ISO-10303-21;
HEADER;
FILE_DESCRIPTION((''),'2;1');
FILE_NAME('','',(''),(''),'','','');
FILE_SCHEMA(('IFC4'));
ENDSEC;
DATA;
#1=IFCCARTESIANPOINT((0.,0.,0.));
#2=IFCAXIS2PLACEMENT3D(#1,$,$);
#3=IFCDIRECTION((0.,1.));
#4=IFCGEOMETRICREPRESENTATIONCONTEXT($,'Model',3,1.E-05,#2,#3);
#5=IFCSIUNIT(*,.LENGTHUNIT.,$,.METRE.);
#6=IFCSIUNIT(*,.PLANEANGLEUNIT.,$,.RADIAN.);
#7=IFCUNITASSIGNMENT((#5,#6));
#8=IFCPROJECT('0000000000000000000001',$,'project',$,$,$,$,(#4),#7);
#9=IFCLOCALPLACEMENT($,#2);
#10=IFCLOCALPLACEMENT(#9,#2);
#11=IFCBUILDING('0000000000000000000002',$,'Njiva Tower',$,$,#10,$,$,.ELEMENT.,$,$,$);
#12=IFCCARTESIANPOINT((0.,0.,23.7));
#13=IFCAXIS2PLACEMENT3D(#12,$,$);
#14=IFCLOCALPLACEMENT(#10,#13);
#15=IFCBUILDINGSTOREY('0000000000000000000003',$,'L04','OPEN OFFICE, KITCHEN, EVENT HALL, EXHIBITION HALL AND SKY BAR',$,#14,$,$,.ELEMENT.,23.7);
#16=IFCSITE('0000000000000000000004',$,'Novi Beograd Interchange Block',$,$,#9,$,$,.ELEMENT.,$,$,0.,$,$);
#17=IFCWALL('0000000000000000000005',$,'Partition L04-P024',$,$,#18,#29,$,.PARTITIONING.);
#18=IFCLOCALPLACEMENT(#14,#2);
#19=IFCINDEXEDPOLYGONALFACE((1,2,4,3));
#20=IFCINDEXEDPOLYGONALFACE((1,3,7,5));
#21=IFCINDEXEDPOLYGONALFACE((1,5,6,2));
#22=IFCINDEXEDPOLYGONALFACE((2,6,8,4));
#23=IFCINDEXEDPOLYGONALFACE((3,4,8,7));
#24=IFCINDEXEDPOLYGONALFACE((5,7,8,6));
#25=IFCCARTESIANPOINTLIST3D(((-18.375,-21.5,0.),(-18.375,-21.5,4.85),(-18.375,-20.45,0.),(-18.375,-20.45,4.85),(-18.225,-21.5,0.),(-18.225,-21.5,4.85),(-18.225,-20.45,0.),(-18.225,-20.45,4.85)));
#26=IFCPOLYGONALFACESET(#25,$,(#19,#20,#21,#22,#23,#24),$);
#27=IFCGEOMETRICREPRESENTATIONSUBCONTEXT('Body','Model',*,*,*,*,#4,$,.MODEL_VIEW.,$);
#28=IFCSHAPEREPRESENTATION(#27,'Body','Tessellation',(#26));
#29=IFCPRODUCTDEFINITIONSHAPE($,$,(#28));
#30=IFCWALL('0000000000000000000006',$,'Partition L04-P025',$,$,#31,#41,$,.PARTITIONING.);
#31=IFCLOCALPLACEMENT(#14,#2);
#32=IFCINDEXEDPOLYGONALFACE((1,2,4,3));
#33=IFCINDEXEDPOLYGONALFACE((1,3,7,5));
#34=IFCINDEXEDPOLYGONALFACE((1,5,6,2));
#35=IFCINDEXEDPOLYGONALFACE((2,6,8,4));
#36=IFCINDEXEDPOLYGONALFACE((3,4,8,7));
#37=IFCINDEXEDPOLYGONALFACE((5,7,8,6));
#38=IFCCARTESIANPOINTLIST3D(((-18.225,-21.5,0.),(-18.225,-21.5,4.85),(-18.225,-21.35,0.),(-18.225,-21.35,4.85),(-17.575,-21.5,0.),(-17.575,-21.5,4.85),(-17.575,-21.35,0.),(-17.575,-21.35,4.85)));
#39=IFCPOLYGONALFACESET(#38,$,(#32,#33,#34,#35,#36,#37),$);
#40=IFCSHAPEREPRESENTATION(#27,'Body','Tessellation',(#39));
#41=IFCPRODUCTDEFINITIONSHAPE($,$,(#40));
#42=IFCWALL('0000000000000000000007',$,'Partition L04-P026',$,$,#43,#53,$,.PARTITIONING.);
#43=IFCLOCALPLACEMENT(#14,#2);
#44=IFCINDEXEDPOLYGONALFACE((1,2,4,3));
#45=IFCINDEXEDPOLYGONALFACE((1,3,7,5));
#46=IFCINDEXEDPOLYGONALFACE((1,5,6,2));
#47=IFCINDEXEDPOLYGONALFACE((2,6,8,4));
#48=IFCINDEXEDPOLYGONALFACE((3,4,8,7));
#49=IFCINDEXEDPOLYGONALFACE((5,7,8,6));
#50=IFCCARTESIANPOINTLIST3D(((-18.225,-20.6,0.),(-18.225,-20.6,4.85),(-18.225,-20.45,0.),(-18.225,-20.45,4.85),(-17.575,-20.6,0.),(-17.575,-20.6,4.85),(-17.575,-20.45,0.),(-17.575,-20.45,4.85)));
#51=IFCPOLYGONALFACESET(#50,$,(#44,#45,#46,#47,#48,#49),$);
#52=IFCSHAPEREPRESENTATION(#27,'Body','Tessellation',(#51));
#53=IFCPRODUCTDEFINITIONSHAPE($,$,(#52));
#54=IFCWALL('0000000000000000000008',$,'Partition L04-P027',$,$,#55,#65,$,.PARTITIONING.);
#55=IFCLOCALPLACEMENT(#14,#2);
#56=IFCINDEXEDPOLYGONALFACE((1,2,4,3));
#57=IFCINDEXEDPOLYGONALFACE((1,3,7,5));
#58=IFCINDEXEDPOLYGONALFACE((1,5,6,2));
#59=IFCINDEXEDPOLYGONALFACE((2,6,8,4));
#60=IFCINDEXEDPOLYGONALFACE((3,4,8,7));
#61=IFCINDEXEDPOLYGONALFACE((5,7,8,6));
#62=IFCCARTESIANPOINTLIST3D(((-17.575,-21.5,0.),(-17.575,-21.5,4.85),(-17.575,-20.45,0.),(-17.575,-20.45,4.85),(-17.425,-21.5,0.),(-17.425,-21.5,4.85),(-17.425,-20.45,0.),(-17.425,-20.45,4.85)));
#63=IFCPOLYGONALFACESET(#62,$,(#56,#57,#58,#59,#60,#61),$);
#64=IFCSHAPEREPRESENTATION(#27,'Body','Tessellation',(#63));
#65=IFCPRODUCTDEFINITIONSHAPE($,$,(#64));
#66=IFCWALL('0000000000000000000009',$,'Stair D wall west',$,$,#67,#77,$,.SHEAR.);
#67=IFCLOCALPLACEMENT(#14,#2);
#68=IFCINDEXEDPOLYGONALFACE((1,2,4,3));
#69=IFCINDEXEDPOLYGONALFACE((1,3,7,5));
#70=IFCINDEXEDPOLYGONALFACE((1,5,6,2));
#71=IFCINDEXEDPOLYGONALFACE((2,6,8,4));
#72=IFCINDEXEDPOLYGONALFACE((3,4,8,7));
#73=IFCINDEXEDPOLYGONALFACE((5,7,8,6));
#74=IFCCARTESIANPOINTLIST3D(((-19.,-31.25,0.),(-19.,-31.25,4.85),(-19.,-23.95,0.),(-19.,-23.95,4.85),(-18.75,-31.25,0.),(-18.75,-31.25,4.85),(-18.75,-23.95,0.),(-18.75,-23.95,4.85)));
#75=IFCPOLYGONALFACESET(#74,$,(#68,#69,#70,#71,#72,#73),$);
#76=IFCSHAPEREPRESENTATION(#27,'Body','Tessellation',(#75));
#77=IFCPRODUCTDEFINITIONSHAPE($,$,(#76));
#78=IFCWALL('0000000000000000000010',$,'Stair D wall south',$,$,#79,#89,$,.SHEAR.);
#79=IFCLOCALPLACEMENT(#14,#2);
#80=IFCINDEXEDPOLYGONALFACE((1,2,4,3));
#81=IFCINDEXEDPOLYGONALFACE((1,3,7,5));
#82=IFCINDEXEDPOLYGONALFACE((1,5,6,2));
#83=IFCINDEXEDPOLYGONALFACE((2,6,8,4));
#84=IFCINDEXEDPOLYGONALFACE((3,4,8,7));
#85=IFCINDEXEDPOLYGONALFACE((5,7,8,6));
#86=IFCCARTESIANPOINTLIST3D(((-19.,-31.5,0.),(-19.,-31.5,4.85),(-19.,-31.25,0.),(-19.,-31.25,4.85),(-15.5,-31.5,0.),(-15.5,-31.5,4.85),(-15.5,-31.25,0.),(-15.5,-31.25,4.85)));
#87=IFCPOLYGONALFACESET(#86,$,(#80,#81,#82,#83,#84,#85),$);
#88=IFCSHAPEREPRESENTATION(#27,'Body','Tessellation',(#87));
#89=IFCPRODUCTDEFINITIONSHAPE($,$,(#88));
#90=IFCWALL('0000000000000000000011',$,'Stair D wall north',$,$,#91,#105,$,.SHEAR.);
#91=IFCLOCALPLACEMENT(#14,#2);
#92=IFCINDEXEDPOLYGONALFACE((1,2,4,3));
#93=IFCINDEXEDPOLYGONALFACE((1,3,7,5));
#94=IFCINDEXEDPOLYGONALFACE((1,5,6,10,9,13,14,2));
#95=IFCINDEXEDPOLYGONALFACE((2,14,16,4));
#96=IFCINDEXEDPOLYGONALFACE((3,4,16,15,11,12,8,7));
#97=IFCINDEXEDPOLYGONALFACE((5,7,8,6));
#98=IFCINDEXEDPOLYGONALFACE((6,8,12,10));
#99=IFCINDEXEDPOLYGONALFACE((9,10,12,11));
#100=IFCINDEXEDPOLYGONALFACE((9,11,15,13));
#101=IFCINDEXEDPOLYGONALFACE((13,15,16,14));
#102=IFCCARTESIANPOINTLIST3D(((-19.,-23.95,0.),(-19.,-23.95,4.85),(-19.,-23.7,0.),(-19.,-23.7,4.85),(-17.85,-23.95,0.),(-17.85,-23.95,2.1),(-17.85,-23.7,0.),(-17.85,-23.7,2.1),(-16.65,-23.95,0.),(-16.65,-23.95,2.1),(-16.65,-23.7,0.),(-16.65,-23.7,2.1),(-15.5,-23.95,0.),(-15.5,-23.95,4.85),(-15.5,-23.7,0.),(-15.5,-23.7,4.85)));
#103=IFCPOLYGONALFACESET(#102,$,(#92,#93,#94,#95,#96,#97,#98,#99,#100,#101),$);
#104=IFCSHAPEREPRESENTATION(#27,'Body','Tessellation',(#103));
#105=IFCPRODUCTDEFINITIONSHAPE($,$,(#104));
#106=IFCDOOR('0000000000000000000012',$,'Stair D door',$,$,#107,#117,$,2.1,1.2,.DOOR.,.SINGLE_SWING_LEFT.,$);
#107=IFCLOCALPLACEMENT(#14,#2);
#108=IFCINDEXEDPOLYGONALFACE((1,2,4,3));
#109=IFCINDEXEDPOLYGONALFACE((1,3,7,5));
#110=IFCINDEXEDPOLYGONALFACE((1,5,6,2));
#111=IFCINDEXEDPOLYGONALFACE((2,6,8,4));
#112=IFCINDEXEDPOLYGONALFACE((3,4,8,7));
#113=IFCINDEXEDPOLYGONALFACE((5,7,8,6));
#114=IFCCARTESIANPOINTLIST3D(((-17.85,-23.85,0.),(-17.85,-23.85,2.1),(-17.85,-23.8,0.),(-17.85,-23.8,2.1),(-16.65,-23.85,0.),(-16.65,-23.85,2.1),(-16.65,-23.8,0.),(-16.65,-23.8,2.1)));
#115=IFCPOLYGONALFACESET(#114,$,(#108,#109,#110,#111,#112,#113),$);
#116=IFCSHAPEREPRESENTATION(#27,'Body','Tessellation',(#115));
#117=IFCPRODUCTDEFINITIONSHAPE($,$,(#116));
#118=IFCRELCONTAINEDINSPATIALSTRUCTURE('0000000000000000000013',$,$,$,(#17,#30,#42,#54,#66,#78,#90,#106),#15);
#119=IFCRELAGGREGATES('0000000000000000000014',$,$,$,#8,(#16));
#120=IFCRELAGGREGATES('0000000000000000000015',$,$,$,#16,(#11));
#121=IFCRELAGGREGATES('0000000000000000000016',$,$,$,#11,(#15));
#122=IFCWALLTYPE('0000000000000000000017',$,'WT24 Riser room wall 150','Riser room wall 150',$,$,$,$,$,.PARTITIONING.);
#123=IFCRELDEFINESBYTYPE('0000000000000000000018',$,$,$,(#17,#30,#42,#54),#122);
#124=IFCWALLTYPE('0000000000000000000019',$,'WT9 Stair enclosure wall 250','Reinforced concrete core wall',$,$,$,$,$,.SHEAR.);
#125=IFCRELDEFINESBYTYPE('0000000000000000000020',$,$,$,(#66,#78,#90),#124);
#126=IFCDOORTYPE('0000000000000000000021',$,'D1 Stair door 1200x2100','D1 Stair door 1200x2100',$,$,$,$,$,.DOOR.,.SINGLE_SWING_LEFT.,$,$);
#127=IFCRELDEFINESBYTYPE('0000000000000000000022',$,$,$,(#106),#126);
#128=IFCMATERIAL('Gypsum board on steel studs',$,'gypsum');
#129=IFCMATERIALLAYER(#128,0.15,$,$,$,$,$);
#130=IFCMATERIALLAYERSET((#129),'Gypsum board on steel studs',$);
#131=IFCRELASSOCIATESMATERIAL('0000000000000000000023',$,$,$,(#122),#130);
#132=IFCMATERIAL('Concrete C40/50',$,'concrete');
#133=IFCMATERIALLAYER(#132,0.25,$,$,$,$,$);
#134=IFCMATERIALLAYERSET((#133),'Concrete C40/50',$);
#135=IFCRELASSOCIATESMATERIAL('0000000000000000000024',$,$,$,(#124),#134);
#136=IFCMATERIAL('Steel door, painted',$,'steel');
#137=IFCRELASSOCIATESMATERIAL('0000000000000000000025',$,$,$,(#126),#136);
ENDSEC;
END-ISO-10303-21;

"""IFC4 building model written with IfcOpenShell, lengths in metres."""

from ifc_helpers import new_model, si_unit, direction, frame, frame_2d, origin, place, context, subcontext, project, spatial, rectangle, extrude, material, layer, layer_set, type_object, element, fill, save


model = new_model("IFC4")

# Units and contexts
model_context = context("Model", 3, precision=1e-05, world=origin(), true_north=direction((0.0, 1.0)))
body_context = subcontext(model_context, "Body", "Model", "MODEL_VIEW")
ifc_project = project(units=[si_unit("LENGTHUNIT", "METRE"), si_unit("PLANEANGLEUNIT", "RADIAN")], contexts=[model_context])

# Site, building, storey
site_placement = place(None, origin())
site = spatial("IfcSite", under=ifc_project, at=site_placement, Name="Novi Beograd Interchange Block", CompositionType="ELEMENT", RefElevation=0.0)
building_placement = place(site_placement, origin())
building = spatial("IfcBuilding", under=site, at=building_placement, Name="Njiva Tower", CompositionType="ELEMENT")
storey_placement = place(building_placement, frame((0.0, 0.0, 23.7)))
storey = spatial("IfcBuildingStorey", under=building, at=storey_placement, Name="L04", Description="OPEN OFFICE, KITCHEN, EVENT HALL, EXHIBITION HALL AND SKY BAR", CompositionType="ELEMENT", Elevation=23.7)

# Shared definitions
ifc_material_1 = material(Name="Gypsum board on steel studs", Category="gypsum")

# Walls
ifc_layer_1 = layer(ifc_material_1, 0.15)
ifc_layer_set_1 = layer_set([ifc_layer_1], Name="Gypsum board on steel studs")
wall_type_1 = type_object("IfcWallType", Name="WT24 Riser room wall 150", Description="Riser room wall 150", PredefinedType="PARTITIONING", material=ifc_layer_set_1)
wall_1_placement = place(storey_placement, frame((-18.3, -21.5, 0.0), z_axis=(0.0, 0.0, 1.0), x_axis=(0.0, 1.0, 0.0)))
element("IfcWall", 1, at=wall_1_placement, inside=storey, type_object=wall_type_1, Name="Partition L04-P024", PredefinedType="PARTITIONING", context=body_context, shape_type="SweptSolid", body=[
    extrude(rectangle(XDim=1.05, YDim=0.15, at=frame_2d((0.525, 0.0))), origin(), (0.0, 0.0, 1.0), 4.85),
])
for number, where, z_axis, x_axis, name in (
    (2, (-18.225, -21.425, 0.0), (0.0, 0.0, 1.0), (1.0, 0.0, 0.0), "Partition L04-P025"),
    (3, (-18.225, -20.525, 0.0), (0.0, 0.0, 1.0), (1.0, 0.0, 0.0), "Partition L04-P026"),
):
    element("IfcWall", number, at=place(storey_placement, frame(where, z_axis=z_axis, x_axis=x_axis)), inside=storey, type_object=wall_type_1, Name=name, PredefinedType="PARTITIONING", context=body_context, shape_type="SweptSolid", body=[
        extrude(rectangle(XDim=0.65, YDim=0.15, at=frame_2d((0.325, 0.0))), origin(), (0.0, 0.0, 1.0), 4.85),
    ])
wall_2_placement = place(storey_placement, frame((-17.5, -21.5, 0.0), z_axis=(0.0, 0.0, 1.0), x_axis=(0.0, 1.0, 0.0)))
element("IfcWall", 4, at=wall_2_placement, inside=storey, type_object=wall_type_1, Name="Partition L04-P027", PredefinedType="PARTITIONING", context=body_context, shape_type="SweptSolid", body=[
    extrude(rectangle(XDim=1.05, YDim=0.15, at=frame_2d((0.525, 0.0))), origin(), (0.0, 0.0, 1.0), 4.85),
])
ifc_material_2 = material(Name="Concrete C40/50", Category="concrete")
ifc_layer_2 = layer(ifc_material_2, 0.25)
ifc_layer_set_2 = layer_set([ifc_layer_2], Name="Concrete C40/50")
wall_type_2 = type_object("IfcWallType", Name="WT9 Stair enclosure wall 250", Description="Reinforced concrete core wall", PredefinedType="SHEAR", material=ifc_layer_set_2)
wall_3_placement = place(storey_placement, frame((-18.875, -31.25, 0.0), z_axis=(0.0, 0.0, 1.0), x_axis=(0.0, 1.0, 0.0)))
element("IfcWall", 5, at=wall_3_placement, inside=storey, type_object=wall_type_2, Name="Stair D wall west", PredefinedType="SHEAR", context=body_context, shape_type="SweptSolid", body=[
    extrude(rectangle(XDim=7.3, YDim=0.25, at=frame_2d((3.65, 0.0))), origin(), (0.0, 0.0, 1.0), 4.85),
])
wall_4_placement = place(storey_placement, frame((-19.0, -31.375, 0.0), z_axis=(0.0, 0.0, 1.0), x_axis=(1.0, 0.0, 0.0)))
element("IfcWall", 6, at=wall_4_placement, inside=storey, type_object=wall_type_2, Name="Stair D wall south", PredefinedType="SHEAR", context=body_context, shape_type="SweptSolid", body=[
    extrude(rectangle(XDim=3.5, YDim=0.25, at=frame_2d((1.75, 0.0))), origin(), (0.0, 0.0, 1.0), 4.85),
])

# Wall, opening, door
wall_5_placement = place(storey_placement, frame((-19.0, -23.825, 0.0), z_axis=(0.0, 0.0, 1.0), x_axis=(1.0, 0.0, 0.0)))
wall_5 = element("IfcWall", 7, at=wall_5_placement, inside=storey, type_object=wall_type_2, Name="Stair D wall north", PredefinedType="SHEAR", context=body_context, shape_type="SweptSolid", body=[
    extrude(rectangle(XDim=3.5, YDim=0.25, at=frame_2d((1.75, 0.0))), origin(), (0.0, 0.0, 1.0), 4.85),
])
opening_1_placement = place(wall_5_placement, frame((1.15, 0.0, 0.0)))
opening_1 = element("IfcOpeningElement", 8, at=opening_1_placement, cuts=wall_5, PredefinedType="OPENING", context=body_context, shape_type="SweptSolid", body=[
    extrude(rectangle(XDim=1.2, YDim=2.1, at=frame_2d((0.6, 1.05))), frame((0.0, 0.135, 0.0), z_axis=(0.0, -1.0, 0.0), x_axis=(1.0, 0.0, 0.0)), (0.0, 0.0, 1.0), 0.27),
])
ifc_material_3 = material(Name="Steel door, painted", Category="steel")
door_type_1 = type_object("IfcDoorType", Name="D1 Stair door 1200x2100", Description="D1 Stair door 1200x2100", OperationType="SINGLE_SWING_LEFT", PredefinedType="DOOR", material=ifc_material_3)
door_1_placement = place(opening_1_placement, origin())
door_1 = element("IfcDoor", 9, at=door_1_placement, inside=storey, type_object=door_type_1, Name="Stair D door", OperationType="SINGLE_SWING_LEFT", OverallHeight=2.1, OverallWidth=1.2, PredefinedType="DOOR", context=body_context, shape_type="SweptSolid", body=[
    extrude(rectangle(XDim=1.2, YDim=2.1, at=frame_2d((0.6, 1.05))), frame((0.0, 0.025, 0.0), z_axis=(0.0, -1.0, 0.0), x_axis=(1.0, 0.0, 0.0)), (0.0, 0.0, 1.0), 0.05),
])
fill(opening_1, door_1)

save(model, "model.ifc")
